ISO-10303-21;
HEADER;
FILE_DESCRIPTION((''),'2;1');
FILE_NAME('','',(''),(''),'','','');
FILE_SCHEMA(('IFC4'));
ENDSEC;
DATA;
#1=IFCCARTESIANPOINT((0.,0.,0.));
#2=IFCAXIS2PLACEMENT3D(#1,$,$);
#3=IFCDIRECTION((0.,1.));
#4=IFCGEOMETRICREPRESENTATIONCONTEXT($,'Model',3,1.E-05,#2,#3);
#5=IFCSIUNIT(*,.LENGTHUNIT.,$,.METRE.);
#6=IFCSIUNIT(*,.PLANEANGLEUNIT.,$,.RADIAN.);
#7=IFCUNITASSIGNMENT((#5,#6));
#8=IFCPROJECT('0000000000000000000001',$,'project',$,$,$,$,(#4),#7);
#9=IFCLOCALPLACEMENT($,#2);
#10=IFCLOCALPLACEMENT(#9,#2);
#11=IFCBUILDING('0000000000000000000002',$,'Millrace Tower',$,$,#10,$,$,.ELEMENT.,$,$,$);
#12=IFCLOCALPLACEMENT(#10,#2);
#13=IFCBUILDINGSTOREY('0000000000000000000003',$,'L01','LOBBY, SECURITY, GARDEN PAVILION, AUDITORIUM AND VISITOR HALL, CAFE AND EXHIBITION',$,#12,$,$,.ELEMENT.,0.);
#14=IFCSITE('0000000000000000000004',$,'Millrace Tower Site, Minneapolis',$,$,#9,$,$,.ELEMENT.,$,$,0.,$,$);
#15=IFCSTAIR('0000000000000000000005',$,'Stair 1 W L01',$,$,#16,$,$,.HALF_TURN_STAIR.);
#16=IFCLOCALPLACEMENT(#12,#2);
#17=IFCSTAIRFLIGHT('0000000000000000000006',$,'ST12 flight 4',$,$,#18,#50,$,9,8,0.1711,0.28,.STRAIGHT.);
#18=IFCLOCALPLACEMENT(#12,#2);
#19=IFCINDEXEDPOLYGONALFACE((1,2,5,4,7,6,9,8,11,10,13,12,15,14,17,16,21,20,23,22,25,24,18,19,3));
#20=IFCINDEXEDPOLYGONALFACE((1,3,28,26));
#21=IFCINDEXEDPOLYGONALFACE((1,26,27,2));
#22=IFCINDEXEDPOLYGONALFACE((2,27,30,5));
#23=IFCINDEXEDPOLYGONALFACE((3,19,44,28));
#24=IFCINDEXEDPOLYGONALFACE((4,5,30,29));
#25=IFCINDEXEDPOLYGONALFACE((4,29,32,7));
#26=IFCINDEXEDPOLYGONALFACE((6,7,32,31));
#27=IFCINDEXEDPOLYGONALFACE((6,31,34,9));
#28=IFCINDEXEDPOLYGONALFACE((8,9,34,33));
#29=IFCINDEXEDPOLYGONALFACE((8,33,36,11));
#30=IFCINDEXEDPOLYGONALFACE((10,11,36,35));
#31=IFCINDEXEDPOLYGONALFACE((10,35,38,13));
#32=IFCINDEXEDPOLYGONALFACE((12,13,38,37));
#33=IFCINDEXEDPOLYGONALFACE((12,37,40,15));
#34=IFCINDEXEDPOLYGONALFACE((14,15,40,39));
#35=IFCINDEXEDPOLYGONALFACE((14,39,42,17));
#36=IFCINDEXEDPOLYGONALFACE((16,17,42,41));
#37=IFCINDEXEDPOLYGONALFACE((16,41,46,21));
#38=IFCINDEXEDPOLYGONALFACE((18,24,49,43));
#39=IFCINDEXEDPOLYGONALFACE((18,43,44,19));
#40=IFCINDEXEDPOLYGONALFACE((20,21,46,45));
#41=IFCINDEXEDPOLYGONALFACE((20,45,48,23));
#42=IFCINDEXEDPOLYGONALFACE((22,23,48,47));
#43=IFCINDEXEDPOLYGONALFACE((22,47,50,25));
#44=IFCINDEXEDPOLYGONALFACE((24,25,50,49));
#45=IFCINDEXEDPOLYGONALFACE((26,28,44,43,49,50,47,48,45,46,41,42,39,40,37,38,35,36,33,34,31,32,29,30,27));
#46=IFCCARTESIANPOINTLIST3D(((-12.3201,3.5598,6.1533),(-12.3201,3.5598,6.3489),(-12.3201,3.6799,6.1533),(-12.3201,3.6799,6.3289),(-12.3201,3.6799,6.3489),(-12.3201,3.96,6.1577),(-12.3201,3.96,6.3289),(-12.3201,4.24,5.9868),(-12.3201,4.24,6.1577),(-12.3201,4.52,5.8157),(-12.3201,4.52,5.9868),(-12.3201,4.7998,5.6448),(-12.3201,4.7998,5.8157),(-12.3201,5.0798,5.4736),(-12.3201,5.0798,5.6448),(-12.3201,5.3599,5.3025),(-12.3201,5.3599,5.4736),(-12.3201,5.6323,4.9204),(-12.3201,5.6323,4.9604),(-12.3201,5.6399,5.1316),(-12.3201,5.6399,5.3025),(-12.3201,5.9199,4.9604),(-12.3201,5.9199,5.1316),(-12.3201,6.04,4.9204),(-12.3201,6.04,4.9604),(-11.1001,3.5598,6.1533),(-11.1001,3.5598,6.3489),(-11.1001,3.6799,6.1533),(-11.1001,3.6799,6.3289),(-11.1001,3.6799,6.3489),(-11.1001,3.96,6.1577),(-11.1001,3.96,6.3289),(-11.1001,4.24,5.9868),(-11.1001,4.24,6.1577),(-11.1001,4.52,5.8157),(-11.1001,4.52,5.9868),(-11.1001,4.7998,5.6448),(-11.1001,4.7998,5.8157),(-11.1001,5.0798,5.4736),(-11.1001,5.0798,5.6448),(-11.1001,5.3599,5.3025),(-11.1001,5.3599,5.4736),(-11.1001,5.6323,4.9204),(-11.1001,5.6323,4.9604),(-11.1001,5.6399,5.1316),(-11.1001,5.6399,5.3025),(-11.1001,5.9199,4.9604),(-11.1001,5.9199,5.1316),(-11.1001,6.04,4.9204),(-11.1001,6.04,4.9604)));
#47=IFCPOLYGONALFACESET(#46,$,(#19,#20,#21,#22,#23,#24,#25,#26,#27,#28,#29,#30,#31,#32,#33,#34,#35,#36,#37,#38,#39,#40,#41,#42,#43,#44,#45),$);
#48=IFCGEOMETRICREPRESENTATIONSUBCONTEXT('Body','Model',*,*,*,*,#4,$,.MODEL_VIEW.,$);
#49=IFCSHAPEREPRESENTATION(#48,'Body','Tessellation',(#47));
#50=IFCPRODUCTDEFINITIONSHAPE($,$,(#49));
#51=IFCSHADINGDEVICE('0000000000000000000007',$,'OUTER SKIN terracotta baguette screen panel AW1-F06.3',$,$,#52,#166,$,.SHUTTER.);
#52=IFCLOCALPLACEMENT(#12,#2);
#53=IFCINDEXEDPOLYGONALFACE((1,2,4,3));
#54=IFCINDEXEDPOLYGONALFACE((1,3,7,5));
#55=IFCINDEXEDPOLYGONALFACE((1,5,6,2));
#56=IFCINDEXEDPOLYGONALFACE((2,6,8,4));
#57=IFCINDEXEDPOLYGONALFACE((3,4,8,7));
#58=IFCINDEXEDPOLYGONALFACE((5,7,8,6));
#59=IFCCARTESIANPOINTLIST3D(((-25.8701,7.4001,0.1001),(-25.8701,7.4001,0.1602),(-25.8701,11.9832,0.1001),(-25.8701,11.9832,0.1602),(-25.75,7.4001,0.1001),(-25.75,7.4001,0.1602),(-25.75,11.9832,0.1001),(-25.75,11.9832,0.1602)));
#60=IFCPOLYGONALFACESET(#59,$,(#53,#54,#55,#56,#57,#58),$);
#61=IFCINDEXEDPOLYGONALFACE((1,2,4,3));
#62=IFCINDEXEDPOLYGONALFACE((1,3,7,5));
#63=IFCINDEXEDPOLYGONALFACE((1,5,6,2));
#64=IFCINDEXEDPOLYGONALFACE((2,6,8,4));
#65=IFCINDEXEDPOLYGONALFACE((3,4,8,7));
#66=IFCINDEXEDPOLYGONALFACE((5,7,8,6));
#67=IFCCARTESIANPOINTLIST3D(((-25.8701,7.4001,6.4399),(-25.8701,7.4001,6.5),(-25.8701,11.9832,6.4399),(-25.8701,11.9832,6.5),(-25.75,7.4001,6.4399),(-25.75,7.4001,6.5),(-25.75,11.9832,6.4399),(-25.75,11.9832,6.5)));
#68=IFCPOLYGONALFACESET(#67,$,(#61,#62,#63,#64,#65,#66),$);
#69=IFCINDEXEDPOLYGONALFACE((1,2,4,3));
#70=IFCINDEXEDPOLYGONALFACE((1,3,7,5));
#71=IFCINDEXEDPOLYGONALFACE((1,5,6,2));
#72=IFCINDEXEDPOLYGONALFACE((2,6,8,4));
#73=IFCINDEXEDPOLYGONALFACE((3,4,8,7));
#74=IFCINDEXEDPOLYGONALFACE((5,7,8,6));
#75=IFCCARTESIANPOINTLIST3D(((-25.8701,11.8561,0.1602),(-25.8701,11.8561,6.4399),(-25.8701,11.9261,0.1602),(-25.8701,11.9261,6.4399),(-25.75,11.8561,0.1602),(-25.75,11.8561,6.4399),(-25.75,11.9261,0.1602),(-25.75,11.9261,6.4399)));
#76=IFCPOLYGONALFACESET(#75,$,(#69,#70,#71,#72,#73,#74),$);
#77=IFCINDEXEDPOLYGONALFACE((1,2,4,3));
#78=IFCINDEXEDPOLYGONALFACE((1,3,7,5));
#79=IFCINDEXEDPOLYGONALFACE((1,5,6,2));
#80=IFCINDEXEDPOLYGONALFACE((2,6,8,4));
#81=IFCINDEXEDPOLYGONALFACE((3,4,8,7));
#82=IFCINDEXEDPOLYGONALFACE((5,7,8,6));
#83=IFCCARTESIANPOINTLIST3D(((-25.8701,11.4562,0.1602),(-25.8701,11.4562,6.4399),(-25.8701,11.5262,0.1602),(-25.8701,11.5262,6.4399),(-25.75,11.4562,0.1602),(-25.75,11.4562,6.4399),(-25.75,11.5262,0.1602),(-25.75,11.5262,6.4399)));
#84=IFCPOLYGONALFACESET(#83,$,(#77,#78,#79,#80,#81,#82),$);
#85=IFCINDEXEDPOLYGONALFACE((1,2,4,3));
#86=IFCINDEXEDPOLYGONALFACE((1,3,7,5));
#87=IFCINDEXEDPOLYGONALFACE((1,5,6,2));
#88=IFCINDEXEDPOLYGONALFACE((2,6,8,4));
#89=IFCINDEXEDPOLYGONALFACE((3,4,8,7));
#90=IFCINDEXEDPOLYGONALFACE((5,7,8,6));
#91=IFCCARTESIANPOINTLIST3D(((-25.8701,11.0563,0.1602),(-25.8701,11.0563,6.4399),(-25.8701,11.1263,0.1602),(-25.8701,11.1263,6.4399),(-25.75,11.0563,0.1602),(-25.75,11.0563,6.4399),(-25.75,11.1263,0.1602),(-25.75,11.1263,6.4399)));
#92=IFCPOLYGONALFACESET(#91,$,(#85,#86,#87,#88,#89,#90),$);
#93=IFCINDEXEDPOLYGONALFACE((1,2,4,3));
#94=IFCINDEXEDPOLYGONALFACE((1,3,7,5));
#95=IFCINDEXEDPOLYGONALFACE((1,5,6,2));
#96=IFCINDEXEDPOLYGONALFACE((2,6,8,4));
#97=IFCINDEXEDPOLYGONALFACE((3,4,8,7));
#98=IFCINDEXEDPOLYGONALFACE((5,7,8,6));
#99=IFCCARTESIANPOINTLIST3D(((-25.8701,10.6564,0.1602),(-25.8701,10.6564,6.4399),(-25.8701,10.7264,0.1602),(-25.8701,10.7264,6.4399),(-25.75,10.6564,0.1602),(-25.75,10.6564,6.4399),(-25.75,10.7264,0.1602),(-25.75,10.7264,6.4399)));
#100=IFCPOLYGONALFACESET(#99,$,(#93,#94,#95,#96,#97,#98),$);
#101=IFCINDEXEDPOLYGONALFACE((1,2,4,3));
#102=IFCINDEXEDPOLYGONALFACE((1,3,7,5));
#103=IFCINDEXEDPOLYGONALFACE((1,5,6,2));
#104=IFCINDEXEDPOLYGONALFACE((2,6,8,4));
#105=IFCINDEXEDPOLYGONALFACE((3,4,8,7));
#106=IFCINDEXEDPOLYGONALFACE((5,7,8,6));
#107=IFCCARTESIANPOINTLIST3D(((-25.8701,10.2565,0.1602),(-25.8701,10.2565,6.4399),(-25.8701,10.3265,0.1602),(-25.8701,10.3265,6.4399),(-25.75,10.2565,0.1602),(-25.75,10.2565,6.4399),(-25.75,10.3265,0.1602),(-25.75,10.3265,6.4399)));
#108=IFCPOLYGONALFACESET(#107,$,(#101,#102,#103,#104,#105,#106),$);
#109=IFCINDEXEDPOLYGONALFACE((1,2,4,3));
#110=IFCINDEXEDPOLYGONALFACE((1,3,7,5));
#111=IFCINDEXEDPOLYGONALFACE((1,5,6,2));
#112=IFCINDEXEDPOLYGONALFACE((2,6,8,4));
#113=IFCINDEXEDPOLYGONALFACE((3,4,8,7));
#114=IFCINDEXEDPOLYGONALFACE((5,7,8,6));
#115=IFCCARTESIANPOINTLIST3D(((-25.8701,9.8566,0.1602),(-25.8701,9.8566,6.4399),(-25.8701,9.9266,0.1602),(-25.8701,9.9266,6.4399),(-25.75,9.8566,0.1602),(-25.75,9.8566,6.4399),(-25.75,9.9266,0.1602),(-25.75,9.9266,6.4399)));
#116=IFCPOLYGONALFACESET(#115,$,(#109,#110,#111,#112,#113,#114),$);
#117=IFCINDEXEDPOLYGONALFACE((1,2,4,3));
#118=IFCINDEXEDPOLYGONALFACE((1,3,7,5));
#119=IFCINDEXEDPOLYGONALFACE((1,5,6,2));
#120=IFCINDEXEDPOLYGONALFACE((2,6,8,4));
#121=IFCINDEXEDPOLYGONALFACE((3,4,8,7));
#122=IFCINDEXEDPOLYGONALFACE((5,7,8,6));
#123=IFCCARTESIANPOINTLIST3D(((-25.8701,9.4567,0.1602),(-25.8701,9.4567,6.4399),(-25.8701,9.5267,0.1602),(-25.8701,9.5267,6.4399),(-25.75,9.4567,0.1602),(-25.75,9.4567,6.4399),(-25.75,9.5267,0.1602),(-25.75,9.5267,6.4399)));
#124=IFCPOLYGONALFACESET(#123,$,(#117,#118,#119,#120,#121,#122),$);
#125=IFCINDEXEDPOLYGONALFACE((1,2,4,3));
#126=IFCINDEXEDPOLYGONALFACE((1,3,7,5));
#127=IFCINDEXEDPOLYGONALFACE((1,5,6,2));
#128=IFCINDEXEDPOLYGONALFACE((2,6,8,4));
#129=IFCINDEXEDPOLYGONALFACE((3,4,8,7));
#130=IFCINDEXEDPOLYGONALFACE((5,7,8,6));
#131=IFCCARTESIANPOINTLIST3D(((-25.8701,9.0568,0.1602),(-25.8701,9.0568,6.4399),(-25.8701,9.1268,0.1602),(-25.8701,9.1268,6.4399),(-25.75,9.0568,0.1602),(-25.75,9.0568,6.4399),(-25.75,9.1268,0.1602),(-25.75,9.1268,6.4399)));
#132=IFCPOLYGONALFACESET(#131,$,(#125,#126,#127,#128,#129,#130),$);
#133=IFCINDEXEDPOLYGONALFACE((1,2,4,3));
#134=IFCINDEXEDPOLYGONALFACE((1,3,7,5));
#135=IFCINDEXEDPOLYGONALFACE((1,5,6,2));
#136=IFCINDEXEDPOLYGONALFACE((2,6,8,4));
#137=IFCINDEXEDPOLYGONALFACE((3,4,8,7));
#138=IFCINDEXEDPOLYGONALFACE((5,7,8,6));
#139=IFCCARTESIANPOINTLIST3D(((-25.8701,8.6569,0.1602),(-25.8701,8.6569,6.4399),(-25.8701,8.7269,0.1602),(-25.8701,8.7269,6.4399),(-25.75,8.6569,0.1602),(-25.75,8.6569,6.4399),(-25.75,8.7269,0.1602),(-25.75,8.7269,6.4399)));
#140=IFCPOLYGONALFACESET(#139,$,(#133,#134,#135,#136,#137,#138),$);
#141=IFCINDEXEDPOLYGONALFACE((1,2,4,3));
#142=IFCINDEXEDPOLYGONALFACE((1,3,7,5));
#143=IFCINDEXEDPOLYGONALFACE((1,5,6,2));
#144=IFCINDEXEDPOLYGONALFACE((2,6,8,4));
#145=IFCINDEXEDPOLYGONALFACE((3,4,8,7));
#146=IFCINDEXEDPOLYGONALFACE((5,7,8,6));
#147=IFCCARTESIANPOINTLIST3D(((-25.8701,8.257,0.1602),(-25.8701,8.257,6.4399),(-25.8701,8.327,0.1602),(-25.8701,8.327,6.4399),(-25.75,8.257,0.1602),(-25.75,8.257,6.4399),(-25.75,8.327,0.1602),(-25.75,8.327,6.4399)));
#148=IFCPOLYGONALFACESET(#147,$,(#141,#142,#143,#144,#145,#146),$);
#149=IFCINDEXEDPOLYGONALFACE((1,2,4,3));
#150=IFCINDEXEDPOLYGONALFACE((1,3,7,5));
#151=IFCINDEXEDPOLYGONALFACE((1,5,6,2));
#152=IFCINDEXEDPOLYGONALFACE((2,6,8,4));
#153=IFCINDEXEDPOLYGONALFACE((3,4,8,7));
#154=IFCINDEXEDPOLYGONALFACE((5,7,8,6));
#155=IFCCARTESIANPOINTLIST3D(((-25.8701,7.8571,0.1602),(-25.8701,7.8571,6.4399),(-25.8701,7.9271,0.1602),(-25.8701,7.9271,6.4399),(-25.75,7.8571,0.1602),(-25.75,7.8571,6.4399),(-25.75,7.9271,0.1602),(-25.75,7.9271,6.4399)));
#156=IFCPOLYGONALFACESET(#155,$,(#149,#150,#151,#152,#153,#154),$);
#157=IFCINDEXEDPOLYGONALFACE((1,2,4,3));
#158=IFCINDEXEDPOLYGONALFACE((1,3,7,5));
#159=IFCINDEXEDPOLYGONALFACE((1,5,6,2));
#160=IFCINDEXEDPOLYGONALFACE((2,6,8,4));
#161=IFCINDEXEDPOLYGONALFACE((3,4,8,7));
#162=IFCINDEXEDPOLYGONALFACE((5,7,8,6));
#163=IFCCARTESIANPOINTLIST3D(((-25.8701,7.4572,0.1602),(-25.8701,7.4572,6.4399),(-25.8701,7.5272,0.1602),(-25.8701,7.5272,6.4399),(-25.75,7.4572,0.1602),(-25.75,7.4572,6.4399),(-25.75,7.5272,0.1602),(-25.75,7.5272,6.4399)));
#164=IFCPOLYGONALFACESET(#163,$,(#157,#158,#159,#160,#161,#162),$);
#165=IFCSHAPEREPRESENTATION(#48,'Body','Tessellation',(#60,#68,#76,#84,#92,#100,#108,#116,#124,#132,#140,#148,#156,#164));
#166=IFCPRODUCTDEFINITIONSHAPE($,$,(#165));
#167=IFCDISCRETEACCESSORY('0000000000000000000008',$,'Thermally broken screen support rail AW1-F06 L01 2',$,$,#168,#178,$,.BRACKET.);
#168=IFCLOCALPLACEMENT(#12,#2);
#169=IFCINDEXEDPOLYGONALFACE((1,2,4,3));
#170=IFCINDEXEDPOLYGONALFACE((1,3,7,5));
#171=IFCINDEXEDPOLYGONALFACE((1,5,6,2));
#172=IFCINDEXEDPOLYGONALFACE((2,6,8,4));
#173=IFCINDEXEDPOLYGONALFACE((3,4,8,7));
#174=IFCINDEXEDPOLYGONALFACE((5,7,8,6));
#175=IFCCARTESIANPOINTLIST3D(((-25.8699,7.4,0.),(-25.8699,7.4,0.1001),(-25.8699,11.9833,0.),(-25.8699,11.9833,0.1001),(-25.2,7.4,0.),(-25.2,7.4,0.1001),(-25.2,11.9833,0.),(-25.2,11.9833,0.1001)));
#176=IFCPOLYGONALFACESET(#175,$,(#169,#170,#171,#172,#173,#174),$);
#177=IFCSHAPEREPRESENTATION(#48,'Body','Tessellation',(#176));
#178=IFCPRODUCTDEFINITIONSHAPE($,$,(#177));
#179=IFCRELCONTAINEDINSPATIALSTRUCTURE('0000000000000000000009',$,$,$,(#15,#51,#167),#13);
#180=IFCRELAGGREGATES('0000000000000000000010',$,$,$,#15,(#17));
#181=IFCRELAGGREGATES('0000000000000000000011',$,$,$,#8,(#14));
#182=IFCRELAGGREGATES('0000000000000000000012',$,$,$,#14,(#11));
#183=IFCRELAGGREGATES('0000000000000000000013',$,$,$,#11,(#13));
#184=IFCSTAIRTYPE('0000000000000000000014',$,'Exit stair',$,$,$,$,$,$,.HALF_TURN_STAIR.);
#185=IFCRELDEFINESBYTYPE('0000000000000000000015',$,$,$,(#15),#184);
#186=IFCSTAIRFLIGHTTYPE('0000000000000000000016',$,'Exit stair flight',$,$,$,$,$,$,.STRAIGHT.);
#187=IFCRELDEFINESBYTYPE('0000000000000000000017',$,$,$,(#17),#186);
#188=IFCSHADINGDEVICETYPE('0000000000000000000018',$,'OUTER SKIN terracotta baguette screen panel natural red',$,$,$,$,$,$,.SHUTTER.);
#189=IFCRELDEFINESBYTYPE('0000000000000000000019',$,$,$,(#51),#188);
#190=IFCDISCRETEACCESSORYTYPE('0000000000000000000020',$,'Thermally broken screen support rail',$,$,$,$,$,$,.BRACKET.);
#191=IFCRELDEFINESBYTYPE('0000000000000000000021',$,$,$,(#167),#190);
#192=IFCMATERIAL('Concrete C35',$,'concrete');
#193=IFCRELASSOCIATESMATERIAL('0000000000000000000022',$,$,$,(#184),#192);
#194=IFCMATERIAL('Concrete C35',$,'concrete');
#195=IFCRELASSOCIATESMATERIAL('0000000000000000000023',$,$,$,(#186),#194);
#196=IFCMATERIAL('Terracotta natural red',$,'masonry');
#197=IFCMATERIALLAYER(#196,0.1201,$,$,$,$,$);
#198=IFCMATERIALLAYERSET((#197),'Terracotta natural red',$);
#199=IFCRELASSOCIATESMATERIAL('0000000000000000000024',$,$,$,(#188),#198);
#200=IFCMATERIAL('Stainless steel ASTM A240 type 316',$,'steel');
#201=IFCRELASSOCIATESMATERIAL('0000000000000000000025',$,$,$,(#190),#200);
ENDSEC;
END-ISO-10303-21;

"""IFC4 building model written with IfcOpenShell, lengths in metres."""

from ifc_helpers import new_model, entity, si_unit, direction, frame, frame_2d, origin, origin_2d, place, context, subcontext, project, spatial, polyline, rectangle, outline, extrude, source, transform, mapped, material, layer, layer_set, type_object, element, aggregate, save


model = new_model("IFC4")

# Units and contexts
model_context = context("Model", 3, precision=1e-05, world=origin(), true_north=direction((0.0, 1.0)))
body_context = subcontext(model_context, "Body", "Model", "MODEL_VIEW")
ifc_project = project(units=[si_unit("LENGTHUNIT", "METRE"), si_unit("PLANEANGLEUNIT", "RADIAN")], contexts=[model_context])

# Site, building, storey
site_placement = place(None, origin())
site = spatial("IfcSite", under=ifc_project, at=site_placement, Name="Millrace Tower Site, Minneapolis", CompositionType="ELEMENT", RefElevation=0.0)
building_placement = place(site_placement, origin())
building = spatial("IfcBuilding", under=site, at=building_placement, Name="Millrace Tower", CompositionType="ELEMENT")
storey_placement = place(building_placement, origin())
storey = spatial("IfcBuildingStorey", under=building, at=storey_placement, Name="L01", Description="LOBBY, SECURITY, GARDEN PAVILION, AUDITORIUM AND VISITOR HALL, CAFE AND EXHIBITION", CompositionType="ELEMENT", Elevation=0.0)

# Shared definitions
placement = place(storey_placement, origin())

# Stair, stair flight
ifc_material_1 = material(Name="Concrete C35", Category="concrete")
stair_type = type_object("IfcStairType", Name="Exit stair", PredefinedType="HALF_TURN_STAIR", material=ifc_material_1)
stair = element("IfcStair", 1, at=placement, inside=storey, type_object=stair_type, Name="Stair 1 W L01", PredefinedType="HALF_TURN_STAIR")
ifc_material_2 = material(Name="Concrete C35", Category="concrete")
stair_flight_type = type_object("IfcStairFlightType", Name="Exit stair flight", PredefinedType="STRAIGHT", material=ifc_material_2)
stair_flight_placement = place(storey_placement, frame((-11.71, 5.9199, 4.9604), z_axis=(0.0, 0.0, 1.0), x_axis=(0.0, -1.0, 0.0)))
stair_flight = element("IfcStairFlight", 2, at=stair_flight_placement, type_object=stair_flight_type, Name="ST12 flight 4", NumberOfRisers=9, NumberOfTreads=8, PredefinedType="STRAIGHT", RiserHeight=0.1711, TreadLength=0.28, context=body_context, shape_type="SweptSolid", body=[
    extrude(outline(polyline([(-0.1201, -0.04), (-0.1201, 0.0), (0.0, 0.0), (0.0, 0.1711), (0.28, 0.1711), (0.28, 0.342), (0.5601, 0.342), (0.5601, 0.5132), (0.8401, 0.5132), (0.8401, 0.6843), (1.1201, 0.6843), (1.1201, 0.8552), (1.3999, 0.8552), (1.3999, 1.0264), (1.6799, 1.0264), (1.6799, 1.1973), (1.96, 1.1973), (1.96, 1.3684), (2.24, 1.3684), (2.24, 1.3884), (2.3601, 1.3884), (2.3601, 1.1929), (2.24, 1.1929), (0.2876, 0.0), (0.2876, -0.04), (-0.1201, -0.04)])), frame((0.0, 0.6099, 0.0), z_axis=(0.0, -1.0, 0.0), x_axis=(1.0, 0.0, 0.0)), (0.0, 0.0, 1.0), 1.22),
])
aggregate(stair, [stair_flight])

# Shading device
ifc_material_3 = material(Name="Terracotta natural red", Category="masonry")
ifc_layer_1 = layer(ifc_material_3, 0.1201)
ifc_layer_set_1 = layer_set([ifc_layer_1], Name="Terracotta natural red")
shading_device_type = type_object("IfcShadingDeviceType", Name="OUTER SKIN terracotta baguette screen panel natural red", PredefinedType="SHUTTER", material=ifc_layer_set_1)
cartesian_point = entity("IfcCartesianPoint", [-2.2915, 0.0601])
shared_polyline = entity("IfcPolyline", [cartesian_point, entity("IfcCartesianPoint", [2.2915, 0.0601]), entity("IfcCartesianPoint", [2.2915, -0.0601]), entity("IfcCartesianPoint", [-2.2915, -0.0601]), cartesian_point])
shared_shape = source(origin(), body_context, "Body", "SweptSolid", [
    entity("IfcExtrudedAreaSolid", entity("IfcArbitraryClosedProfileDef", "AREA", None, shared_polyline), entity("IfcAxis2Placement3D", entity("IfcCartesianPoint", [0.0, 0.0, 0.0])), entity("IfcDirection", [0.0, 0.0, 1.0]), 0.0601),
    entity("IfcExtrudedAreaSolid", entity("IfcArbitraryClosedProfileDef", "AREA", None, shared_polyline), entity("IfcAxis2Placement3D", entity("IfcCartesianPoint", [0.0, 0.0, 6.3398])), entity("IfcDirection", [0.0, 0.0, 1.0]), 0.0601),
    extrude(rectangle(XDim=0.0701, YDim=0.1201, at=frame_2d((-2.1995, 0.0))), frame((0.0, 0.0, 0.0601)), (0.0, 0.0, 1.0), 6.2798),
    extrude(rectangle(XDim=0.0701, YDim=0.1201, at=frame_2d((-1.7996, 0.0))), frame((0.0, 0.0, 0.0601)), (0.0, 0.0, 1.0), 6.2798),
    extrude(rectangle(XDim=0.0701, YDim=0.1201, at=frame_2d((-1.3997, 0.0))), frame((0.0, 0.0, 0.0601)), (0.0, 0.0, 1.0), 6.2798),
    extrude(rectangle(XDim=0.0701, YDim=0.1201, at=frame_2d((-0.9998, 0.0))), frame((0.0, 0.0, 0.0601)), (0.0, 0.0, 1.0), 6.2798),
    extrude(rectangle(XDim=0.0701, YDim=0.1201, at=frame_2d((-0.5999, 0.0))), frame((0.0, 0.0, 0.0601)), (0.0, 0.0, 1.0), 6.2798),
    extrude(rectangle(XDim=0.0701, YDim=0.1201, at=frame_2d((-0.2, 0.0))), frame((0.0, 0.0, 0.0601)), (0.0, 0.0, 1.0), 6.2798),
    extrude(rectangle(XDim=0.0701, YDim=0.1201, at=frame_2d((0.2, 0.0))), frame((0.0, 0.0, 0.0601)), (0.0, 0.0, 1.0), 6.2798),
    extrude(rectangle(XDim=0.0701, YDim=0.1201, at=frame_2d((0.5999, 0.0))), frame((0.0, 0.0, 0.0601)), (0.0, 0.0, 1.0), 6.2798),
    extrude(rectangle(XDim=0.0701, YDim=0.1201, at=frame_2d((0.9998, 0.0))), frame((0.0, 0.0, 0.0601)), (0.0, 0.0, 1.0), 6.2798),
    extrude(rectangle(XDim=0.0701, YDim=0.1201, at=frame_2d((1.3997, 0.0))), frame((0.0, 0.0, 0.0601)), (0.0, 0.0, 1.0), 6.2798),
    extrude(rectangle(XDim=0.0701, YDim=0.1201, at=frame_2d((1.7996, 0.0))), frame((0.0, 0.0, 0.0601)), (0.0, 0.0, 1.0), 6.2798),
    extrude(rectangle(XDim=0.0701, YDim=0.1201, at=frame_2d((2.1995, 0.0))), frame((0.0, 0.0, 0.0601)), (0.0, 0.0, 1.0), 6.2798),
])
shading_device_placement = place(storey_placement, frame((-25.8101, 9.6917, 0.1001), z_axis=(0.0, 0.0, 1.0), x_axis=(0.0, -1.0, 0.0)))
element("IfcShadingDevice", 3, at=shading_device_placement, inside=storey, type_object=shading_device_type, Name="OUTER SKIN terracotta baguette screen panel AW1-F06.3", PredefinedType="SHUTTER", context=body_context, shape_type="MappedRepresentation", body=[
    mapped(shared_shape, transform((0.0, 0.0, 0.0), scale=1.0)),
])

# Discrete accessory
ifc_material_4 = material(Name="Stainless steel ASTM A240 type 316", Category="steel")
discrete_accessory_type = type_object("IfcDiscreteAccessoryType", Name="Thermally broken screen support rail", PredefinedType="BRACKET", material=ifc_material_4)
discrete_accessory_placement = place(storey_placement, frame((-25.5349, 9.6917, 0.0), z_axis=(0.0, 0.0, 1.0), x_axis=(0.0, -1.0, 0.0)))
element("IfcDiscreteAccessory", 4, at=discrete_accessory_placement, inside=storey, type_object=discrete_accessory_type, Name="Thermally broken screen support rail AW1-F06 L01 2", PredefinedType="BRACKET", context=body_context, shape_type="SweptSolid", body=[
    extrude(rectangle(XDim=4.5833, YDim=0.6699, at=origin_2d()), origin(), (0.0, 0.0, 1.0), 0.1001),
])

save(model, "model.ifc")
